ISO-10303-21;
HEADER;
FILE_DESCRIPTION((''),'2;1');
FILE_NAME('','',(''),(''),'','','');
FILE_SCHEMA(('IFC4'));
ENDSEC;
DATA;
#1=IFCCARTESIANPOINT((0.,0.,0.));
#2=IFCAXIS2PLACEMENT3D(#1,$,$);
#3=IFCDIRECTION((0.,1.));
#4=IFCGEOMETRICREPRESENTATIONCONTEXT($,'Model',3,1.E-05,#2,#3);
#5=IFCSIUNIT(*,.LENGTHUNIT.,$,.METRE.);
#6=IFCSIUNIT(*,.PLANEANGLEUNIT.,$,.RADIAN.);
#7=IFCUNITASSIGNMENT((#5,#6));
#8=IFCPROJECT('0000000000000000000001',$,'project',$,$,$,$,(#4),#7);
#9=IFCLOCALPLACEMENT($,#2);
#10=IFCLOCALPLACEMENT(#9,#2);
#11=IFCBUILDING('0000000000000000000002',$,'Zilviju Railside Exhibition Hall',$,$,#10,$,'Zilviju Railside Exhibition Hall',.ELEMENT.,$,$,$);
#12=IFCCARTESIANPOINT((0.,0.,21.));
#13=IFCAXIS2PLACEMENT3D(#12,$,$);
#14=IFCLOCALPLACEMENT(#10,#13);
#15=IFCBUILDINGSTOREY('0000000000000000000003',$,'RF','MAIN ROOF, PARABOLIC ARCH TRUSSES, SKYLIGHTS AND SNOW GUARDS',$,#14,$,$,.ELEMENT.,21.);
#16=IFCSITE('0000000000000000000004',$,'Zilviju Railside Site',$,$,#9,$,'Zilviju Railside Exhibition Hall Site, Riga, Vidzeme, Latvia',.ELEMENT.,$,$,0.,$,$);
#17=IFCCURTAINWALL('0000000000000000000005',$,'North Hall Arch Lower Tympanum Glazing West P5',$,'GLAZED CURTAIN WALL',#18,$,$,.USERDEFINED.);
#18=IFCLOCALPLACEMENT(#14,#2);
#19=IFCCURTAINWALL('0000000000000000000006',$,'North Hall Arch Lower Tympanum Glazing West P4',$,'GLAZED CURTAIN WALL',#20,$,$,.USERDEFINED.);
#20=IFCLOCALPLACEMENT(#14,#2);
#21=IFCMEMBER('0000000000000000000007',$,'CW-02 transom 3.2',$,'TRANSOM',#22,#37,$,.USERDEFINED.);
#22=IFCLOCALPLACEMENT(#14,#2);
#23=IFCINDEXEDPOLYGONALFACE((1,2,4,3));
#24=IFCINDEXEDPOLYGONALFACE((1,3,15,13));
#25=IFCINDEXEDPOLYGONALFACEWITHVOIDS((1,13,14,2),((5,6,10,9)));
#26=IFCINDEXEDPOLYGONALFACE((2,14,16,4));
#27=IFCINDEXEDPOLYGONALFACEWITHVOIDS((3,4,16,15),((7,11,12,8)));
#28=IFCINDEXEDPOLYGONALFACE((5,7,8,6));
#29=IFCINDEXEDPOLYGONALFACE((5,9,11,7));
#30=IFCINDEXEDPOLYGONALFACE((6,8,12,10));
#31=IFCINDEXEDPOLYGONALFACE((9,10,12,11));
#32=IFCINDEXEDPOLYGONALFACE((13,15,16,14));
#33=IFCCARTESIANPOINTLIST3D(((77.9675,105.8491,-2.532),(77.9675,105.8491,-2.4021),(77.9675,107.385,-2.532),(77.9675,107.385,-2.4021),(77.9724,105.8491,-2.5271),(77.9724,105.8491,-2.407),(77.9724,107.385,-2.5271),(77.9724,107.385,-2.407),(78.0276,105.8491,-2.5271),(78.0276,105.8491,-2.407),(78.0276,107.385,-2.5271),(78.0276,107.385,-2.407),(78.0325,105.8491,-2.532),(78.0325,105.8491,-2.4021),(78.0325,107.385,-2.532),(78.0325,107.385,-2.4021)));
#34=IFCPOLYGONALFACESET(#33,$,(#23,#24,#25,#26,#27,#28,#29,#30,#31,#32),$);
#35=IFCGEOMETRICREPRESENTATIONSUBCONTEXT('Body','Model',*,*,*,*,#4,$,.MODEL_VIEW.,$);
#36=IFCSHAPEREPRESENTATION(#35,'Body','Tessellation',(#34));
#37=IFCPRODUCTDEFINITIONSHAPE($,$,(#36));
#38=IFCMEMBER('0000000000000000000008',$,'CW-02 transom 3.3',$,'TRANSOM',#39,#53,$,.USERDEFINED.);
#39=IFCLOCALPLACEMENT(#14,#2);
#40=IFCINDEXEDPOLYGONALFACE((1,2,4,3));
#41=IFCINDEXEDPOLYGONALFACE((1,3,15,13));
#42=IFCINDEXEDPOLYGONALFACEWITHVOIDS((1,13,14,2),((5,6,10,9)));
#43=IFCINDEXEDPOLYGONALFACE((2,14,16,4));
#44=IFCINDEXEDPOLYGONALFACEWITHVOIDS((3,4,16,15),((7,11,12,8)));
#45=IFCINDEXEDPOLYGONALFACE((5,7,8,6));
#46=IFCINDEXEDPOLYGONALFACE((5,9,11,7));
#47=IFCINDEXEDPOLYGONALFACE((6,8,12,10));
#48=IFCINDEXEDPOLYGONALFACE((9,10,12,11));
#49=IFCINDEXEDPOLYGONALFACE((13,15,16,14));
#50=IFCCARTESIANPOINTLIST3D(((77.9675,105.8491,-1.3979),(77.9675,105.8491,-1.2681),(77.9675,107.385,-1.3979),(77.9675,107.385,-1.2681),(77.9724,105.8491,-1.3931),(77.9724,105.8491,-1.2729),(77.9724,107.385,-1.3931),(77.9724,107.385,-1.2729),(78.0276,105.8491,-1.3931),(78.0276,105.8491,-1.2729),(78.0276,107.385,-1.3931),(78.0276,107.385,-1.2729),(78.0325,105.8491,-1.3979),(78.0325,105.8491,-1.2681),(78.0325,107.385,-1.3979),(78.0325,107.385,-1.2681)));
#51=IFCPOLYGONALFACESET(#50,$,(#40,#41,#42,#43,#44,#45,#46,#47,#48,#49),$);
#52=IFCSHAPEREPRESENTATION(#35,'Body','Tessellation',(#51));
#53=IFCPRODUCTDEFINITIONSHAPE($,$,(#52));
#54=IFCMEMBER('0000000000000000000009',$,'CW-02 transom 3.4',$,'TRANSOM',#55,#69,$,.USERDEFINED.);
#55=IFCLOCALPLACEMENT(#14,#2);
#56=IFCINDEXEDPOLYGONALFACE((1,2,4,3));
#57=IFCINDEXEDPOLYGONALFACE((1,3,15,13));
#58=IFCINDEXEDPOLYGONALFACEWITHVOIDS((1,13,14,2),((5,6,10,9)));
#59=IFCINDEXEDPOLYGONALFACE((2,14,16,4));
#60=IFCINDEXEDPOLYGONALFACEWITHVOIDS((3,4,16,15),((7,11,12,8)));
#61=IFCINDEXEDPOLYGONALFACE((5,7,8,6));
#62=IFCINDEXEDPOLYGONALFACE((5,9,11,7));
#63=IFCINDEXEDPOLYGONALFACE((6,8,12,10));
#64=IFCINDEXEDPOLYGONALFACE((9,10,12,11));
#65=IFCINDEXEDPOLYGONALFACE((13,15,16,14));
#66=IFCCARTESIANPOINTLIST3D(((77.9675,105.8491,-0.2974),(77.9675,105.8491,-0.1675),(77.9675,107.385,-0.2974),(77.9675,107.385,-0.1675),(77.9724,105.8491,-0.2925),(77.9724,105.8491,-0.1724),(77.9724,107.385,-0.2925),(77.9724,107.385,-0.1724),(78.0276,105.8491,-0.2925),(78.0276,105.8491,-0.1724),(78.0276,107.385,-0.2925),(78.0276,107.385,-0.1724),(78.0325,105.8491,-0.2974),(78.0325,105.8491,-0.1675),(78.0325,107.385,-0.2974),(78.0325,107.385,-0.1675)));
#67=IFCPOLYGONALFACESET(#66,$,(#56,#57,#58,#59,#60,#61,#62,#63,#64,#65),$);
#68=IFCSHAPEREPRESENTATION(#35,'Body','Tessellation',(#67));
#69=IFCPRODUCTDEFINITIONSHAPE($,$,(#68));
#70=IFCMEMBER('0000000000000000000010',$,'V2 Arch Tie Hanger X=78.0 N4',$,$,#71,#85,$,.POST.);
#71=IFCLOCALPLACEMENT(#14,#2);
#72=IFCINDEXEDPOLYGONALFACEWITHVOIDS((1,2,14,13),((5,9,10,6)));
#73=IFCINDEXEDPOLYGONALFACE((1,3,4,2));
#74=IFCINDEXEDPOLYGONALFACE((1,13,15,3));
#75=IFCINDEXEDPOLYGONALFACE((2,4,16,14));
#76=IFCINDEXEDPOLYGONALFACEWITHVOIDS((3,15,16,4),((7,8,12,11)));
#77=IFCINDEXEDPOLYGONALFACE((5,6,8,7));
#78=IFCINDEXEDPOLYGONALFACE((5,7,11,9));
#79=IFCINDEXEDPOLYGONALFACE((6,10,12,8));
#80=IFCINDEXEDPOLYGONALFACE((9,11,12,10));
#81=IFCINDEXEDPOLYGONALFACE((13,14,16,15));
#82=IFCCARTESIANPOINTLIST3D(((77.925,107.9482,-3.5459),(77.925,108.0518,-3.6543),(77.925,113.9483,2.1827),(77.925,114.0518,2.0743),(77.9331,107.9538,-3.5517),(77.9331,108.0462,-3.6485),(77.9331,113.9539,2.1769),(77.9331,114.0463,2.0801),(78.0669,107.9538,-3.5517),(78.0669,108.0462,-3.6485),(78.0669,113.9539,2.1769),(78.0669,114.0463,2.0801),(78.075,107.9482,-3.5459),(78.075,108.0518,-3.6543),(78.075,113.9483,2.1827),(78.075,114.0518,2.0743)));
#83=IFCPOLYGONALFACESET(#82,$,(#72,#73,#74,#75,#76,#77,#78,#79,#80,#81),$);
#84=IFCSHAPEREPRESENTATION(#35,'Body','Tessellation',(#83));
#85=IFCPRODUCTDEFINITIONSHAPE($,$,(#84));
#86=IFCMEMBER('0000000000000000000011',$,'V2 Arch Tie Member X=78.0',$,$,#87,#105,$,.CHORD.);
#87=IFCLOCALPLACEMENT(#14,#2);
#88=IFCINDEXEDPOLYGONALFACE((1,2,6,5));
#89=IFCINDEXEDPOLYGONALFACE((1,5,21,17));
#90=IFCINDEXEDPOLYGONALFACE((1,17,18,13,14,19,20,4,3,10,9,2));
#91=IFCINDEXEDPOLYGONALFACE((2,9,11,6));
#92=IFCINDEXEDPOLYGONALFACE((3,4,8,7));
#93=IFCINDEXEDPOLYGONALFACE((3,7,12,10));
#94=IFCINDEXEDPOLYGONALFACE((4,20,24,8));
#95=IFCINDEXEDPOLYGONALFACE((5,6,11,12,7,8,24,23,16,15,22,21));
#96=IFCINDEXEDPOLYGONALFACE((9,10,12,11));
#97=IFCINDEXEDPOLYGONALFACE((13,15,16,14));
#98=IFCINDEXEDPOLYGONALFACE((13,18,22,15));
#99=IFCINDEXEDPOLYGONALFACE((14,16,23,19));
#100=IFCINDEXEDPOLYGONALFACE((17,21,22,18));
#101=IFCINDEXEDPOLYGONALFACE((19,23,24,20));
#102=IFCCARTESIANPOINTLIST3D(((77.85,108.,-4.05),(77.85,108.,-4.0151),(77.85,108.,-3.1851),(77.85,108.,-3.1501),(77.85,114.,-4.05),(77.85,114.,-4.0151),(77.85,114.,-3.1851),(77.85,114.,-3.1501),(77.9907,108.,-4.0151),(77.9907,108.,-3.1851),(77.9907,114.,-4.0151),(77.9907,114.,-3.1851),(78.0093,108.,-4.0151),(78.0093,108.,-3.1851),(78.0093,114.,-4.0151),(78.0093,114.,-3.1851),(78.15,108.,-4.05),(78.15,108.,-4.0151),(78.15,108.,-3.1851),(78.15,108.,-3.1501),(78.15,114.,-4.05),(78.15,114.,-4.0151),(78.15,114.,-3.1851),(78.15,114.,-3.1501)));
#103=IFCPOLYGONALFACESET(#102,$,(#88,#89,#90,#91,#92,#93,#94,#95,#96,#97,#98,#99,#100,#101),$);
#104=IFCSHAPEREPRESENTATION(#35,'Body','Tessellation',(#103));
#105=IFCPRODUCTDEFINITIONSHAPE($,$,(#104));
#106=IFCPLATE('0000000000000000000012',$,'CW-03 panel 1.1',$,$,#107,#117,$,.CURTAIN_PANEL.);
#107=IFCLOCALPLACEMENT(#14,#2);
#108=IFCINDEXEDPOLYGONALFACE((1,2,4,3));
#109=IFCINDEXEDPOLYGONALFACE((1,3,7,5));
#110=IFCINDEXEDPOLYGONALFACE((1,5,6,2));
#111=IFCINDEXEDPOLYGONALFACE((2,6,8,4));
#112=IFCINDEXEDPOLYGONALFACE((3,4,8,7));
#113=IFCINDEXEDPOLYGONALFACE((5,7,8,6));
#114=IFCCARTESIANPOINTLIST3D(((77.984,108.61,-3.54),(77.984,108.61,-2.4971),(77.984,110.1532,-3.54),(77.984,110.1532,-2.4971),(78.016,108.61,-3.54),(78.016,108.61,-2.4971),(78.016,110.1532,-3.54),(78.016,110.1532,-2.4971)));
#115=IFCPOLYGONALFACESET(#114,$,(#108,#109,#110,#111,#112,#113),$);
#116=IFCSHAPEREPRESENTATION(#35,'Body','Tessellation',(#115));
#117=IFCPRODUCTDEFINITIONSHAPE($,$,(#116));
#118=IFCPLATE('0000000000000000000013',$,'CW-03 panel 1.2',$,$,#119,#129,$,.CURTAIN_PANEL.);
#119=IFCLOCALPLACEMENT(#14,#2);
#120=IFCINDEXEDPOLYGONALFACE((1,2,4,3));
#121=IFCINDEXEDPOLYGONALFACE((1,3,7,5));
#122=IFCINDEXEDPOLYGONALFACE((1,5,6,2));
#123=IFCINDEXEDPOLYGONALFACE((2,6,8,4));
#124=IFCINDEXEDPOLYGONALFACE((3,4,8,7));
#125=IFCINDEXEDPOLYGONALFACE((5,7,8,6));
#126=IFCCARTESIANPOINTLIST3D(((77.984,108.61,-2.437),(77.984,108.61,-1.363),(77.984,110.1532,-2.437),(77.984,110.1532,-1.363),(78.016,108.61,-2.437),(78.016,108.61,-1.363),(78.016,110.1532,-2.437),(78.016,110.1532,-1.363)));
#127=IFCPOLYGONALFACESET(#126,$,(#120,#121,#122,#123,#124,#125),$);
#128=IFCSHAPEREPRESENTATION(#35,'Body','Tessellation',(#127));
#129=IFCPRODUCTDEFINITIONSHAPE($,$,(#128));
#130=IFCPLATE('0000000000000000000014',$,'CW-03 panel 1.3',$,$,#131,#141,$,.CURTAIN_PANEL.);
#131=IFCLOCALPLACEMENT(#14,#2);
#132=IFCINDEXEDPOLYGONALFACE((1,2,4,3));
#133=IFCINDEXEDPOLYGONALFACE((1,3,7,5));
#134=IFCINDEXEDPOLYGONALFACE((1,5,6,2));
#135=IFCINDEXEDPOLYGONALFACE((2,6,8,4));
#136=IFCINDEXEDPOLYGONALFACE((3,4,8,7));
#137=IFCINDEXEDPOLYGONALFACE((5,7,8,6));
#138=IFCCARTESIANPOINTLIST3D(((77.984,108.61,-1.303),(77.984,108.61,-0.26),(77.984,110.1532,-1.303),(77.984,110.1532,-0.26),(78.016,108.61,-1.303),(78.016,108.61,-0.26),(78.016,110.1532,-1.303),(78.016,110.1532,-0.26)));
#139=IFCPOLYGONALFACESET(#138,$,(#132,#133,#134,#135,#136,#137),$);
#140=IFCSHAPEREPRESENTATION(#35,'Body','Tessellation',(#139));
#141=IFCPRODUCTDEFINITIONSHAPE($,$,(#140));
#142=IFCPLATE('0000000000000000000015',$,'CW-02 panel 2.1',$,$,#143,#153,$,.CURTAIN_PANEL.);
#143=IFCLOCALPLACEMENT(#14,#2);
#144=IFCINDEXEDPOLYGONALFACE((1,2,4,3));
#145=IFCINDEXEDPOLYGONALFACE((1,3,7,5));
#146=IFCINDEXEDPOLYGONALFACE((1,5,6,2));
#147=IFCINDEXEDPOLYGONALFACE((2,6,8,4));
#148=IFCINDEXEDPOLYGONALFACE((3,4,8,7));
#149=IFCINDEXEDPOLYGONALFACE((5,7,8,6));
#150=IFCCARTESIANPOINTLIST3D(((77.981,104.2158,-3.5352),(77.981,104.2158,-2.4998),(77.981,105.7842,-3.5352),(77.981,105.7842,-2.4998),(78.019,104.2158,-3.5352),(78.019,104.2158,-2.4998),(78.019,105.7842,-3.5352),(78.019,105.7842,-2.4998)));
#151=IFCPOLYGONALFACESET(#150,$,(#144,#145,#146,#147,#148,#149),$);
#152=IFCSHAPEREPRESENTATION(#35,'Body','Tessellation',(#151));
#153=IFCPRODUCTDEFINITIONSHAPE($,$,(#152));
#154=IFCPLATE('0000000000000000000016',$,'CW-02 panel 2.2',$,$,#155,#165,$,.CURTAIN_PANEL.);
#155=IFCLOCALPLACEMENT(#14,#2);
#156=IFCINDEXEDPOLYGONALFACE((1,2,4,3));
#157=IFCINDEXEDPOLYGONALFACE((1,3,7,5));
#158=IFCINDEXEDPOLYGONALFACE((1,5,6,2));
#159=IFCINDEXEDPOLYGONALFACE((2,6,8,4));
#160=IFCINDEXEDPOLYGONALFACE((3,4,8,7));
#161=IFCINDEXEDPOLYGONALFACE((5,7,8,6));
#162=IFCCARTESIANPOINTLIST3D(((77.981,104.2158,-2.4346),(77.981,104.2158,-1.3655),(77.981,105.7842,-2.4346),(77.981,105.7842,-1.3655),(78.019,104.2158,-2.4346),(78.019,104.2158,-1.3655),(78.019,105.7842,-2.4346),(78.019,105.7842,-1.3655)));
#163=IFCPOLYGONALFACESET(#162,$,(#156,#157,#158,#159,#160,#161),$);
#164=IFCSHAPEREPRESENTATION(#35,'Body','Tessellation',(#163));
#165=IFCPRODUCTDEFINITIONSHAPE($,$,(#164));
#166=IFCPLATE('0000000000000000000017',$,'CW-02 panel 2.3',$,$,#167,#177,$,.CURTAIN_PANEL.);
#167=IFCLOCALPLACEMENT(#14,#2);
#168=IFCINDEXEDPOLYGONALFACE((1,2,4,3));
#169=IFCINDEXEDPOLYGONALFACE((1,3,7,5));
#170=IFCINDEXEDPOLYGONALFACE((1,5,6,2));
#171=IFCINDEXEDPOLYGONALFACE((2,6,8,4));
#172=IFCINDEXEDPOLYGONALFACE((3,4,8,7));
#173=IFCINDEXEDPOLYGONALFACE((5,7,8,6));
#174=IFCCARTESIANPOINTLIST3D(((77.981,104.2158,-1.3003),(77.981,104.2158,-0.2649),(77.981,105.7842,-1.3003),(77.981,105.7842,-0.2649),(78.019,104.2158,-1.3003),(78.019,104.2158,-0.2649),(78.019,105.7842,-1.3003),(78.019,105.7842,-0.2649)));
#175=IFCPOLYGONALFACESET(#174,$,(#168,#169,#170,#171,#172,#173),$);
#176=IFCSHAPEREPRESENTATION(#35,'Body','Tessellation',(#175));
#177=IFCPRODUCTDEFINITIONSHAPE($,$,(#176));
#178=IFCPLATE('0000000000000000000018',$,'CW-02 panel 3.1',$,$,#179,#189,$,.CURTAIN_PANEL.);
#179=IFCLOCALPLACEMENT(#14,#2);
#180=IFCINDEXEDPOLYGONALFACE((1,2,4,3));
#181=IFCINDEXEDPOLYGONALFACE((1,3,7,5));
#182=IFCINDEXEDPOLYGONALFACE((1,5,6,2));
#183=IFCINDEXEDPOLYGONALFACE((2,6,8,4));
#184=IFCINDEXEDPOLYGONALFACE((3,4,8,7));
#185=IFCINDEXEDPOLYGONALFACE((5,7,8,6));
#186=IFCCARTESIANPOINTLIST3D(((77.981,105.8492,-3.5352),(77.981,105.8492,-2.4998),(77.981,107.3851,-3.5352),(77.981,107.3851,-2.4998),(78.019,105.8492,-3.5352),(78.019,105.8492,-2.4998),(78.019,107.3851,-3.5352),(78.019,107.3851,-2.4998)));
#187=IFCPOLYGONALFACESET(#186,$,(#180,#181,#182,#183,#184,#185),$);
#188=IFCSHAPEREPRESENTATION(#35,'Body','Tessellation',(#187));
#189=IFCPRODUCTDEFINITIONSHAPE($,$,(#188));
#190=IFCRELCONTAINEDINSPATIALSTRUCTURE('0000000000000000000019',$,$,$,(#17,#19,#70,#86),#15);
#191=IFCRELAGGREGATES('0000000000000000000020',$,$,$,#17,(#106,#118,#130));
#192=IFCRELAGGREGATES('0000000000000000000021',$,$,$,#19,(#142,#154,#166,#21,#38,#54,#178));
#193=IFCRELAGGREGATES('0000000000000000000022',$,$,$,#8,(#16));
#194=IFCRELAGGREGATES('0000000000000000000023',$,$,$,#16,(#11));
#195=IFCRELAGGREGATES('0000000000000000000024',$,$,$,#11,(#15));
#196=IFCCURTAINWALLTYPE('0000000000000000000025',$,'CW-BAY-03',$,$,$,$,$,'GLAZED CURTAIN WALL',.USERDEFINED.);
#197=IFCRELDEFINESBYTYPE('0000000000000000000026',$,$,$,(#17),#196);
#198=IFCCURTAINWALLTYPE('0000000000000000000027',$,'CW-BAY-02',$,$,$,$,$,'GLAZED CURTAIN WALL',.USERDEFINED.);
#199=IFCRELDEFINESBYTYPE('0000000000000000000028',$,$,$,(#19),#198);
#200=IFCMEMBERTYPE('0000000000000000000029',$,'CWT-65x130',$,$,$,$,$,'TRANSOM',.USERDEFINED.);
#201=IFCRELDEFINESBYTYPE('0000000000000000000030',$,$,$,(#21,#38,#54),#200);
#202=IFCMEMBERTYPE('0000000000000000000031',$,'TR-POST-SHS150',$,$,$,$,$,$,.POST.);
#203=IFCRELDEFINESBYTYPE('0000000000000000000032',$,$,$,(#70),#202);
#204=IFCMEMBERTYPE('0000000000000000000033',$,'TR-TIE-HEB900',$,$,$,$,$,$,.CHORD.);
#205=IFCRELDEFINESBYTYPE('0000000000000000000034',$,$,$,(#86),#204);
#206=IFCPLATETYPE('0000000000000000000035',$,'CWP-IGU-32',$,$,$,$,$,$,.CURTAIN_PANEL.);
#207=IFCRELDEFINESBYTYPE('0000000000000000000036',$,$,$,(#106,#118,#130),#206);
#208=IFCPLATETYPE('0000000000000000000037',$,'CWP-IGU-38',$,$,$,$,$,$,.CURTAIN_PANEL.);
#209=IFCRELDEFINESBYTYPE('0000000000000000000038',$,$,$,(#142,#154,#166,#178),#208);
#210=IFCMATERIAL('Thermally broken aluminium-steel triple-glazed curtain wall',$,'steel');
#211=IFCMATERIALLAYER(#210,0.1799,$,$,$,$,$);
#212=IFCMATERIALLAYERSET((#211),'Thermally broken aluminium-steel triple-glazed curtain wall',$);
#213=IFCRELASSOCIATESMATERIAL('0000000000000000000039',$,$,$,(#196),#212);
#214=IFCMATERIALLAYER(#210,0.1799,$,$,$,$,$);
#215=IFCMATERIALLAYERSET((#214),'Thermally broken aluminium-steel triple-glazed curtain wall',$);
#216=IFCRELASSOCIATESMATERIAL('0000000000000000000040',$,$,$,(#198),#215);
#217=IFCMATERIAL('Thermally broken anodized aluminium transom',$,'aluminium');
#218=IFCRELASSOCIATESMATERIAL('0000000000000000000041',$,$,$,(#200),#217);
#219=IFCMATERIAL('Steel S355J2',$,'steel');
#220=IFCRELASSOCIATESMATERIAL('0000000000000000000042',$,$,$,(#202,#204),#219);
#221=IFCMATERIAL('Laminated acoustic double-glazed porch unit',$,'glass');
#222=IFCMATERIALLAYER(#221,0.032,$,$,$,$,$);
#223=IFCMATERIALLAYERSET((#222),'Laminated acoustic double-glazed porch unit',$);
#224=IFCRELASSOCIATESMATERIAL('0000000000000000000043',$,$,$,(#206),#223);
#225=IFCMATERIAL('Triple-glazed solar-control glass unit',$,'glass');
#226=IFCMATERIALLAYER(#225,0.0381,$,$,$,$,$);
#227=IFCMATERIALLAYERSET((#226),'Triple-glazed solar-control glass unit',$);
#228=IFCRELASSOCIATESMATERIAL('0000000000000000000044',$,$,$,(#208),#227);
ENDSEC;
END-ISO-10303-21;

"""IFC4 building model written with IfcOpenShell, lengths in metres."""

from ifc_helpers import new_model, si_unit, direction, frame, origin, origin_2d, place, context, subcontext, project, spatial, rectangle, hollow_rectangle, i_section, extrude, material, layer, layer_set, material_profile, profile_set, type_object, element, aggregate, save


model = new_model("IFC4")

# Units and contexts
model_context = context("Model", 3, precision=1e-05, world=origin(), true_north=direction((0.0, 1.0)))
body_context = subcontext(model_context, "Body", "Model", "MODEL_VIEW")
ifc_project = project(units=[si_unit("LENGTHUNIT", "METRE"), si_unit("PLANEANGLEUNIT", "RADIAN")], contexts=[model_context])

# Site, building, storey
site_placement = place(None, origin())
site = spatial("IfcSite", under=ifc_project, at=site_placement, Name="Zilviju Railside Site", LongName="Zilviju Railside Exhibition Hall Site, Riga, Vidzeme, Latvia", CompositionType="ELEMENT", RefElevation=0.0)
building_placement = place(site_placement, origin())
building = spatial("IfcBuilding", under=site, at=building_placement, Name="Zilviju Railside Exhibition Hall", LongName="Zilviju Railside Exhibition Hall", CompositionType="ELEMENT")
storey_placement = place(building_placement, frame((0.0, 0.0, 21.0)))
storey = spatial("IfcBuildingStorey", under=building, at=storey_placement, Name="RF", Description="MAIN ROOF, PARABOLIC ARCH TRUSSES, SKYLIGHTS AND SNOW GUARDS", CompositionType="ELEMENT", Elevation=21.0)

# Curtain wall
ifc_material_1 = material(Name="Thermally broken aluminium-steel triple-glazed curtain wall", Category="steel")
ifc_layer_1 = layer(ifc_material_1, 0.1799)
ifc_layer_set_1 = layer_set([ifc_layer_1], Name="Thermally broken aluminium-steel triple-glazed curtain wall")
curtain_wall_type_1 = type_object("IfcCurtainWallType", Name="CW-BAY-03", ElementType="GLAZED CURTAIN WALL", PredefinedType="USERDEFINED", material=ifc_layer_set_1)
curtain_wall_1_placement = place(storey_placement, origin())
curtain_wall_1 = element("IfcCurtainWall", 1, at=curtain_wall_1_placement, inside=storey, type_object=curtain_wall_type_1, Name="North Hall Arch Lower Tympanum Glazing West P5", ObjectType="GLAZED CURTAIN WALL", PredefinedType="USERDEFINED")

# Curtain wall
ifc_layer_2 = layer(ifc_material_1, 0.1799)
ifc_layer_set_2 = layer_set([ifc_layer_2], Name="Thermally broken aluminium-steel triple-glazed curtain wall")
curtain_wall_type_2 = type_object("IfcCurtainWallType", Name="CW-BAY-02", ElementType="GLAZED CURTAIN WALL", PredefinedType="USERDEFINED", material=ifc_layer_set_2)
curtain_wall_2_placement = place(storey_placement, origin())
curtain_wall_2 = element("IfcCurtainWall", 2, at=curtain_wall_2_placement, inside=storey, type_object=curtain_wall_type_2, Name="North Hall Arch Lower Tympanum Glazing West P4", ObjectType="GLAZED CURTAIN WALL", PredefinedType="USERDEFINED")

# Members
ifc_material_2 = material(Name="Thermally broken anodized aluminium transom", Category="aluminium")
ifc_material_profile_1 = material_profile(ifc_material_2, hollow_rectangle(XDim=0.0649, YDim=0.1299, WallThickness=0.0049, at=origin_2d()), Name="TRANSOM 130x65x5")
ifc_profile_set_1 = profile_set([ifc_material_profile_1], Name="Thermally broken anodized aluminium transom")
member_type_1 = type_object("IfcMemberType", Name="CWT-65x130", ElementType="TRANSOM", PredefinedType="USERDEFINED", material=ifc_profile_set_1)
member_1_placement = place(storey_placement, frame((78.0, 105.8491, -2.467), z_axis=(0.0, 1.0, 0.0), x_axis=(-1.0, 0.0, 0.0)))
member_1 = element("IfcMember", 3, at=member_1_placement, type_object=member_type_1, Name="CW-02 transom 3.2", ObjectType="TRANSOM", PredefinedType="USERDEFINED", context=body_context, shape_type="SweptSolid", body=[
    extrude(hollow_rectangle(XDim=0.0649, YDim=0.1299, WallThickness=0.0049, at=origin_2d()), origin(), (0.0, 0.0, 1.0), 1.5359),
])
member_2_placement = place(storey_placement, frame((78.0, 105.8491, -1.333), z_axis=(0.0, 1.0, 0.0), x_axis=(-1.0, 0.0, 0.0)))
member_2 = element("IfcMember", 4, at=member_2_placement, type_object=member_type_1, Name="CW-02 transom 3.3", ObjectType="TRANSOM", PredefinedType="USERDEFINED", context=body_context, shape_type="SweptSolid", body=[
    extrude(hollow_rectangle(XDim=0.0649, YDim=0.1299, WallThickness=0.0049, at=origin_2d()), origin(), (0.0, 0.0, 1.0), 1.5359),
])
member_3_placement = place(storey_placement, frame((78.0, 105.8491, -0.2324), z_axis=(0.0, 1.0, 0.0), x_axis=(-1.0, 0.0, 0.0)))
member_3 = element("IfcMember", 5, at=member_3_placement, type_object=member_type_1, Name="CW-02 transom 3.4", ObjectType="TRANSOM", PredefinedType="USERDEFINED", context=body_context, shape_type="SweptSolid", body=[
    extrude(hollow_rectangle(XDim=0.0649, YDim=0.1299, WallThickness=0.0049, at=origin_2d()), origin(), (0.0, 0.0, 1.0), 1.5359),
])

# Members
ifc_material_3 = material(Name="Steel S355J2", Category="steel")
ifc_material_profile_2 = material_profile(ifc_material_3, hollow_rectangle(XDim=0.1499, YDim=0.1499, WallThickness=0.0081, at=origin_2d()), Name="SHS 150x150x8.0")
ifc_profile_set_2 = profile_set([ifc_material_profile_2], Name="Steel S355J2")
member_type_2 = type_object("IfcMemberType", Name="TR-POST-SHS150", PredefinedType="POST", material=ifc_profile_set_2)
member_4_placement = place(storey_placement, frame((78.0, 108.0, -3.6001), z_axis=(0.0, 0.723281, 0.690554), x_axis=(-1.0, 0.0, 0.0)))
element("IfcMember", 6, at=member_4_placement, inside=storey, type_object=member_type_2, Name="V2 Arch Tie Hanger X=78.0 N4", PredefinedType="POST", context=body_context, shape_type="SweptSolid", body=[
    extrude(hollow_rectangle(XDim=0.1499, YDim=0.1499, WallThickness=0.0081, at=origin_2d()), origin(), (0.0, 0.0, 1.0), 8.2957),
])
ifc_material_profile_3 = material_profile(ifc_material_3, i_section(OverallWidth=0.3, OverallDepth=0.8999, WebThickness=0.0186, FlangeThickness=0.0349, at=origin_2d()), Name="HEB 900")
ifc_profile_set_3 = profile_set([ifc_material_profile_3], Name="Steel S355J2")
member_type_3 = type_object("IfcMemberType", Name="TR-TIE-HEB900", PredefinedType="CHORD", material=ifc_profile_set_3)
member_5_placement = place(storey_placement, frame((78.0, 108.0, -3.6001), z_axis=(0.0, 1.0, 0.0), x_axis=(-1.0, 0.0, 0.0)))
element("IfcMember", 7, at=member_5_placement, inside=storey, type_object=member_type_3, Name="V2 Arch Tie Member X=78.0", PredefinedType="CHORD", context=body_context, shape_type="SweptSolid", body=[
    extrude(i_section(OverallWidth=0.3, OverallDepth=0.8999, WebThickness=0.0186, FlangeThickness=0.0349, at=origin_2d()), origin(), (0.0, 0.0, 1.0), 6.0),
])

# Plates
ifc_material_4 = material(Name="Laminated acoustic double-glazed porch unit", Category="glass")
ifc_layer_3 = layer(ifc_material_4, 0.032)
ifc_layer_set_3 = layer_set([ifc_layer_3], Name="Laminated acoustic double-glazed porch unit")
plate_type_1 = type_object("IfcPlateType", Name="CWP-IGU-32", PredefinedType="CURTAIN_PANEL", material=ifc_layer_set_3)
plate_1_placement = place(storey_placement, frame((78.0, 109.3816, -3.54), z_axis=(0.0, 0.0, 1.0), x_axis=(0.0, 1.0, 0.0)))
plate_1 = element("IfcPlate", 8, at=plate_1_placement, type_object=plate_type_1, Name="CW-03 panel 1.1", PredefinedType="CURTAIN_PANEL", context=body_context, shape_type="SweptSolid", body=[
    extrude(rectangle(XDim=1.5432, YDim=0.032, at=origin_2d()), origin(), (0.0, 0.0, 1.0), 1.043),
])
plate_2_placement = place(storey_placement, frame((78.0, 109.3816, -2.437), z_axis=(0.0, 0.0, 1.0), x_axis=(0.0, 1.0, 0.0)))
plate_2 = element("IfcPlate", 9, at=plate_2_placement, type_object=plate_type_1, Name="CW-03 panel 1.2", PredefinedType="CURTAIN_PANEL", context=body_context, shape_type="SweptSolid", body=[
    extrude(rectangle(XDim=1.5432, YDim=0.032, at=origin_2d()), origin(), (0.0, 0.0, 1.0), 1.074),
])
plate_3_placement = place(storey_placement, frame((78.0, 109.3816, -1.303), z_axis=(0.0, 0.0, 1.0), x_axis=(0.0, 1.0, 0.0)))
plate_3 = element("IfcPlate", 10, at=plate_3_placement, type_object=plate_type_1, Name="CW-03 panel 1.3", PredefinedType="CURTAIN_PANEL", context=body_context, shape_type="SweptSolid", body=[
    extrude(rectangle(XDim=1.5432, YDim=0.032, at=origin_2d()), origin(), (0.0, 0.0, 1.0), 1.043),
])
aggregate(curtain_wall_1, [plate_1, plate_2, plate_3])
ifc_material_5 = material(Name="Triple-glazed solar-control glass unit", Category="glass")
ifc_layer_4 = layer(ifc_material_5, 0.0381)
ifc_layer_set_4 = layer_set([ifc_layer_4], Name="Triple-glazed solar-control glass unit")
plate_type_2 = type_object("IfcPlateType", Name="CWP-IGU-38", PredefinedType="CURTAIN_PANEL", material=ifc_layer_set_4)
plate_4_placement = place(storey_placement, frame((78.0, 105.0, -3.5352), z_axis=(0.0, 0.0, 1.0), x_axis=(0.0, 1.0, 0.0)))
plate_4 = element("IfcPlate", 11, at=plate_4_placement, type_object=plate_type_2, Name="CW-02 panel 2.1", PredefinedType="CURTAIN_PANEL", context=body_context, shape_type="SweptSolid", body=[
    extrude(rectangle(XDim=1.5684, YDim=0.0381, at=origin_2d()), origin(), (0.0, 0.0, 1.0), 1.0354),
])
plate_5_placement = place(storey_placement, frame((78.0, 105.0, -2.4346), z_axis=(0.0, 0.0, 1.0), x_axis=(0.0, 1.0, 0.0)))
plate_5 = element("IfcPlate", 12, at=plate_5_placement, type_object=plate_type_2, Name="CW-02 panel 2.2", PredefinedType="CURTAIN_PANEL", context=body_context, shape_type="SweptSolid", body=[
    extrude(rectangle(XDim=1.5684, YDim=0.0381, at=origin_2d()), origin(), (0.0, 0.0, 1.0), 1.0691),
])
plate_6_placement = place(storey_placement, frame((78.0, 105.0, -1.3003), z_axis=(0.0, 0.0, 1.0), x_axis=(0.0, 1.0, 0.0)))
plate_6 = element("IfcPlate", 13, at=plate_6_placement, type_object=plate_type_2, Name="CW-02 panel 2.3", PredefinedType="CURTAIN_PANEL", context=body_context, shape_type="SweptSolid", body=[
    extrude(rectangle(XDim=1.5684, YDim=0.0381, at=origin_2d()), origin(), (0.0, 0.0, 1.0), 1.0354),
])
plate_7_placement = place(storey_placement, frame((78.0, 106.6172, -3.5352), z_axis=(0.0, 0.0, 1.0), x_axis=(0.0, 1.0, 0.0)))
plate_7 = element("IfcPlate", 14, at=plate_7_placement, type_object=plate_type_2, Name="CW-02 panel 3.1", PredefinedType="CURTAIN_PANEL", context=body_context, shape_type="SweptSolid", body=[
    extrude(rectangle(XDim=1.5359, YDim=0.0381, at=origin_2d()), origin(), (0.0, 0.0, 1.0), 1.0354),
])
aggregate(curtain_wall_2, [plate_4, plate_5, plate_6, member_1, member_2, member_3, plate_7])

save(model, "model.ifc")
